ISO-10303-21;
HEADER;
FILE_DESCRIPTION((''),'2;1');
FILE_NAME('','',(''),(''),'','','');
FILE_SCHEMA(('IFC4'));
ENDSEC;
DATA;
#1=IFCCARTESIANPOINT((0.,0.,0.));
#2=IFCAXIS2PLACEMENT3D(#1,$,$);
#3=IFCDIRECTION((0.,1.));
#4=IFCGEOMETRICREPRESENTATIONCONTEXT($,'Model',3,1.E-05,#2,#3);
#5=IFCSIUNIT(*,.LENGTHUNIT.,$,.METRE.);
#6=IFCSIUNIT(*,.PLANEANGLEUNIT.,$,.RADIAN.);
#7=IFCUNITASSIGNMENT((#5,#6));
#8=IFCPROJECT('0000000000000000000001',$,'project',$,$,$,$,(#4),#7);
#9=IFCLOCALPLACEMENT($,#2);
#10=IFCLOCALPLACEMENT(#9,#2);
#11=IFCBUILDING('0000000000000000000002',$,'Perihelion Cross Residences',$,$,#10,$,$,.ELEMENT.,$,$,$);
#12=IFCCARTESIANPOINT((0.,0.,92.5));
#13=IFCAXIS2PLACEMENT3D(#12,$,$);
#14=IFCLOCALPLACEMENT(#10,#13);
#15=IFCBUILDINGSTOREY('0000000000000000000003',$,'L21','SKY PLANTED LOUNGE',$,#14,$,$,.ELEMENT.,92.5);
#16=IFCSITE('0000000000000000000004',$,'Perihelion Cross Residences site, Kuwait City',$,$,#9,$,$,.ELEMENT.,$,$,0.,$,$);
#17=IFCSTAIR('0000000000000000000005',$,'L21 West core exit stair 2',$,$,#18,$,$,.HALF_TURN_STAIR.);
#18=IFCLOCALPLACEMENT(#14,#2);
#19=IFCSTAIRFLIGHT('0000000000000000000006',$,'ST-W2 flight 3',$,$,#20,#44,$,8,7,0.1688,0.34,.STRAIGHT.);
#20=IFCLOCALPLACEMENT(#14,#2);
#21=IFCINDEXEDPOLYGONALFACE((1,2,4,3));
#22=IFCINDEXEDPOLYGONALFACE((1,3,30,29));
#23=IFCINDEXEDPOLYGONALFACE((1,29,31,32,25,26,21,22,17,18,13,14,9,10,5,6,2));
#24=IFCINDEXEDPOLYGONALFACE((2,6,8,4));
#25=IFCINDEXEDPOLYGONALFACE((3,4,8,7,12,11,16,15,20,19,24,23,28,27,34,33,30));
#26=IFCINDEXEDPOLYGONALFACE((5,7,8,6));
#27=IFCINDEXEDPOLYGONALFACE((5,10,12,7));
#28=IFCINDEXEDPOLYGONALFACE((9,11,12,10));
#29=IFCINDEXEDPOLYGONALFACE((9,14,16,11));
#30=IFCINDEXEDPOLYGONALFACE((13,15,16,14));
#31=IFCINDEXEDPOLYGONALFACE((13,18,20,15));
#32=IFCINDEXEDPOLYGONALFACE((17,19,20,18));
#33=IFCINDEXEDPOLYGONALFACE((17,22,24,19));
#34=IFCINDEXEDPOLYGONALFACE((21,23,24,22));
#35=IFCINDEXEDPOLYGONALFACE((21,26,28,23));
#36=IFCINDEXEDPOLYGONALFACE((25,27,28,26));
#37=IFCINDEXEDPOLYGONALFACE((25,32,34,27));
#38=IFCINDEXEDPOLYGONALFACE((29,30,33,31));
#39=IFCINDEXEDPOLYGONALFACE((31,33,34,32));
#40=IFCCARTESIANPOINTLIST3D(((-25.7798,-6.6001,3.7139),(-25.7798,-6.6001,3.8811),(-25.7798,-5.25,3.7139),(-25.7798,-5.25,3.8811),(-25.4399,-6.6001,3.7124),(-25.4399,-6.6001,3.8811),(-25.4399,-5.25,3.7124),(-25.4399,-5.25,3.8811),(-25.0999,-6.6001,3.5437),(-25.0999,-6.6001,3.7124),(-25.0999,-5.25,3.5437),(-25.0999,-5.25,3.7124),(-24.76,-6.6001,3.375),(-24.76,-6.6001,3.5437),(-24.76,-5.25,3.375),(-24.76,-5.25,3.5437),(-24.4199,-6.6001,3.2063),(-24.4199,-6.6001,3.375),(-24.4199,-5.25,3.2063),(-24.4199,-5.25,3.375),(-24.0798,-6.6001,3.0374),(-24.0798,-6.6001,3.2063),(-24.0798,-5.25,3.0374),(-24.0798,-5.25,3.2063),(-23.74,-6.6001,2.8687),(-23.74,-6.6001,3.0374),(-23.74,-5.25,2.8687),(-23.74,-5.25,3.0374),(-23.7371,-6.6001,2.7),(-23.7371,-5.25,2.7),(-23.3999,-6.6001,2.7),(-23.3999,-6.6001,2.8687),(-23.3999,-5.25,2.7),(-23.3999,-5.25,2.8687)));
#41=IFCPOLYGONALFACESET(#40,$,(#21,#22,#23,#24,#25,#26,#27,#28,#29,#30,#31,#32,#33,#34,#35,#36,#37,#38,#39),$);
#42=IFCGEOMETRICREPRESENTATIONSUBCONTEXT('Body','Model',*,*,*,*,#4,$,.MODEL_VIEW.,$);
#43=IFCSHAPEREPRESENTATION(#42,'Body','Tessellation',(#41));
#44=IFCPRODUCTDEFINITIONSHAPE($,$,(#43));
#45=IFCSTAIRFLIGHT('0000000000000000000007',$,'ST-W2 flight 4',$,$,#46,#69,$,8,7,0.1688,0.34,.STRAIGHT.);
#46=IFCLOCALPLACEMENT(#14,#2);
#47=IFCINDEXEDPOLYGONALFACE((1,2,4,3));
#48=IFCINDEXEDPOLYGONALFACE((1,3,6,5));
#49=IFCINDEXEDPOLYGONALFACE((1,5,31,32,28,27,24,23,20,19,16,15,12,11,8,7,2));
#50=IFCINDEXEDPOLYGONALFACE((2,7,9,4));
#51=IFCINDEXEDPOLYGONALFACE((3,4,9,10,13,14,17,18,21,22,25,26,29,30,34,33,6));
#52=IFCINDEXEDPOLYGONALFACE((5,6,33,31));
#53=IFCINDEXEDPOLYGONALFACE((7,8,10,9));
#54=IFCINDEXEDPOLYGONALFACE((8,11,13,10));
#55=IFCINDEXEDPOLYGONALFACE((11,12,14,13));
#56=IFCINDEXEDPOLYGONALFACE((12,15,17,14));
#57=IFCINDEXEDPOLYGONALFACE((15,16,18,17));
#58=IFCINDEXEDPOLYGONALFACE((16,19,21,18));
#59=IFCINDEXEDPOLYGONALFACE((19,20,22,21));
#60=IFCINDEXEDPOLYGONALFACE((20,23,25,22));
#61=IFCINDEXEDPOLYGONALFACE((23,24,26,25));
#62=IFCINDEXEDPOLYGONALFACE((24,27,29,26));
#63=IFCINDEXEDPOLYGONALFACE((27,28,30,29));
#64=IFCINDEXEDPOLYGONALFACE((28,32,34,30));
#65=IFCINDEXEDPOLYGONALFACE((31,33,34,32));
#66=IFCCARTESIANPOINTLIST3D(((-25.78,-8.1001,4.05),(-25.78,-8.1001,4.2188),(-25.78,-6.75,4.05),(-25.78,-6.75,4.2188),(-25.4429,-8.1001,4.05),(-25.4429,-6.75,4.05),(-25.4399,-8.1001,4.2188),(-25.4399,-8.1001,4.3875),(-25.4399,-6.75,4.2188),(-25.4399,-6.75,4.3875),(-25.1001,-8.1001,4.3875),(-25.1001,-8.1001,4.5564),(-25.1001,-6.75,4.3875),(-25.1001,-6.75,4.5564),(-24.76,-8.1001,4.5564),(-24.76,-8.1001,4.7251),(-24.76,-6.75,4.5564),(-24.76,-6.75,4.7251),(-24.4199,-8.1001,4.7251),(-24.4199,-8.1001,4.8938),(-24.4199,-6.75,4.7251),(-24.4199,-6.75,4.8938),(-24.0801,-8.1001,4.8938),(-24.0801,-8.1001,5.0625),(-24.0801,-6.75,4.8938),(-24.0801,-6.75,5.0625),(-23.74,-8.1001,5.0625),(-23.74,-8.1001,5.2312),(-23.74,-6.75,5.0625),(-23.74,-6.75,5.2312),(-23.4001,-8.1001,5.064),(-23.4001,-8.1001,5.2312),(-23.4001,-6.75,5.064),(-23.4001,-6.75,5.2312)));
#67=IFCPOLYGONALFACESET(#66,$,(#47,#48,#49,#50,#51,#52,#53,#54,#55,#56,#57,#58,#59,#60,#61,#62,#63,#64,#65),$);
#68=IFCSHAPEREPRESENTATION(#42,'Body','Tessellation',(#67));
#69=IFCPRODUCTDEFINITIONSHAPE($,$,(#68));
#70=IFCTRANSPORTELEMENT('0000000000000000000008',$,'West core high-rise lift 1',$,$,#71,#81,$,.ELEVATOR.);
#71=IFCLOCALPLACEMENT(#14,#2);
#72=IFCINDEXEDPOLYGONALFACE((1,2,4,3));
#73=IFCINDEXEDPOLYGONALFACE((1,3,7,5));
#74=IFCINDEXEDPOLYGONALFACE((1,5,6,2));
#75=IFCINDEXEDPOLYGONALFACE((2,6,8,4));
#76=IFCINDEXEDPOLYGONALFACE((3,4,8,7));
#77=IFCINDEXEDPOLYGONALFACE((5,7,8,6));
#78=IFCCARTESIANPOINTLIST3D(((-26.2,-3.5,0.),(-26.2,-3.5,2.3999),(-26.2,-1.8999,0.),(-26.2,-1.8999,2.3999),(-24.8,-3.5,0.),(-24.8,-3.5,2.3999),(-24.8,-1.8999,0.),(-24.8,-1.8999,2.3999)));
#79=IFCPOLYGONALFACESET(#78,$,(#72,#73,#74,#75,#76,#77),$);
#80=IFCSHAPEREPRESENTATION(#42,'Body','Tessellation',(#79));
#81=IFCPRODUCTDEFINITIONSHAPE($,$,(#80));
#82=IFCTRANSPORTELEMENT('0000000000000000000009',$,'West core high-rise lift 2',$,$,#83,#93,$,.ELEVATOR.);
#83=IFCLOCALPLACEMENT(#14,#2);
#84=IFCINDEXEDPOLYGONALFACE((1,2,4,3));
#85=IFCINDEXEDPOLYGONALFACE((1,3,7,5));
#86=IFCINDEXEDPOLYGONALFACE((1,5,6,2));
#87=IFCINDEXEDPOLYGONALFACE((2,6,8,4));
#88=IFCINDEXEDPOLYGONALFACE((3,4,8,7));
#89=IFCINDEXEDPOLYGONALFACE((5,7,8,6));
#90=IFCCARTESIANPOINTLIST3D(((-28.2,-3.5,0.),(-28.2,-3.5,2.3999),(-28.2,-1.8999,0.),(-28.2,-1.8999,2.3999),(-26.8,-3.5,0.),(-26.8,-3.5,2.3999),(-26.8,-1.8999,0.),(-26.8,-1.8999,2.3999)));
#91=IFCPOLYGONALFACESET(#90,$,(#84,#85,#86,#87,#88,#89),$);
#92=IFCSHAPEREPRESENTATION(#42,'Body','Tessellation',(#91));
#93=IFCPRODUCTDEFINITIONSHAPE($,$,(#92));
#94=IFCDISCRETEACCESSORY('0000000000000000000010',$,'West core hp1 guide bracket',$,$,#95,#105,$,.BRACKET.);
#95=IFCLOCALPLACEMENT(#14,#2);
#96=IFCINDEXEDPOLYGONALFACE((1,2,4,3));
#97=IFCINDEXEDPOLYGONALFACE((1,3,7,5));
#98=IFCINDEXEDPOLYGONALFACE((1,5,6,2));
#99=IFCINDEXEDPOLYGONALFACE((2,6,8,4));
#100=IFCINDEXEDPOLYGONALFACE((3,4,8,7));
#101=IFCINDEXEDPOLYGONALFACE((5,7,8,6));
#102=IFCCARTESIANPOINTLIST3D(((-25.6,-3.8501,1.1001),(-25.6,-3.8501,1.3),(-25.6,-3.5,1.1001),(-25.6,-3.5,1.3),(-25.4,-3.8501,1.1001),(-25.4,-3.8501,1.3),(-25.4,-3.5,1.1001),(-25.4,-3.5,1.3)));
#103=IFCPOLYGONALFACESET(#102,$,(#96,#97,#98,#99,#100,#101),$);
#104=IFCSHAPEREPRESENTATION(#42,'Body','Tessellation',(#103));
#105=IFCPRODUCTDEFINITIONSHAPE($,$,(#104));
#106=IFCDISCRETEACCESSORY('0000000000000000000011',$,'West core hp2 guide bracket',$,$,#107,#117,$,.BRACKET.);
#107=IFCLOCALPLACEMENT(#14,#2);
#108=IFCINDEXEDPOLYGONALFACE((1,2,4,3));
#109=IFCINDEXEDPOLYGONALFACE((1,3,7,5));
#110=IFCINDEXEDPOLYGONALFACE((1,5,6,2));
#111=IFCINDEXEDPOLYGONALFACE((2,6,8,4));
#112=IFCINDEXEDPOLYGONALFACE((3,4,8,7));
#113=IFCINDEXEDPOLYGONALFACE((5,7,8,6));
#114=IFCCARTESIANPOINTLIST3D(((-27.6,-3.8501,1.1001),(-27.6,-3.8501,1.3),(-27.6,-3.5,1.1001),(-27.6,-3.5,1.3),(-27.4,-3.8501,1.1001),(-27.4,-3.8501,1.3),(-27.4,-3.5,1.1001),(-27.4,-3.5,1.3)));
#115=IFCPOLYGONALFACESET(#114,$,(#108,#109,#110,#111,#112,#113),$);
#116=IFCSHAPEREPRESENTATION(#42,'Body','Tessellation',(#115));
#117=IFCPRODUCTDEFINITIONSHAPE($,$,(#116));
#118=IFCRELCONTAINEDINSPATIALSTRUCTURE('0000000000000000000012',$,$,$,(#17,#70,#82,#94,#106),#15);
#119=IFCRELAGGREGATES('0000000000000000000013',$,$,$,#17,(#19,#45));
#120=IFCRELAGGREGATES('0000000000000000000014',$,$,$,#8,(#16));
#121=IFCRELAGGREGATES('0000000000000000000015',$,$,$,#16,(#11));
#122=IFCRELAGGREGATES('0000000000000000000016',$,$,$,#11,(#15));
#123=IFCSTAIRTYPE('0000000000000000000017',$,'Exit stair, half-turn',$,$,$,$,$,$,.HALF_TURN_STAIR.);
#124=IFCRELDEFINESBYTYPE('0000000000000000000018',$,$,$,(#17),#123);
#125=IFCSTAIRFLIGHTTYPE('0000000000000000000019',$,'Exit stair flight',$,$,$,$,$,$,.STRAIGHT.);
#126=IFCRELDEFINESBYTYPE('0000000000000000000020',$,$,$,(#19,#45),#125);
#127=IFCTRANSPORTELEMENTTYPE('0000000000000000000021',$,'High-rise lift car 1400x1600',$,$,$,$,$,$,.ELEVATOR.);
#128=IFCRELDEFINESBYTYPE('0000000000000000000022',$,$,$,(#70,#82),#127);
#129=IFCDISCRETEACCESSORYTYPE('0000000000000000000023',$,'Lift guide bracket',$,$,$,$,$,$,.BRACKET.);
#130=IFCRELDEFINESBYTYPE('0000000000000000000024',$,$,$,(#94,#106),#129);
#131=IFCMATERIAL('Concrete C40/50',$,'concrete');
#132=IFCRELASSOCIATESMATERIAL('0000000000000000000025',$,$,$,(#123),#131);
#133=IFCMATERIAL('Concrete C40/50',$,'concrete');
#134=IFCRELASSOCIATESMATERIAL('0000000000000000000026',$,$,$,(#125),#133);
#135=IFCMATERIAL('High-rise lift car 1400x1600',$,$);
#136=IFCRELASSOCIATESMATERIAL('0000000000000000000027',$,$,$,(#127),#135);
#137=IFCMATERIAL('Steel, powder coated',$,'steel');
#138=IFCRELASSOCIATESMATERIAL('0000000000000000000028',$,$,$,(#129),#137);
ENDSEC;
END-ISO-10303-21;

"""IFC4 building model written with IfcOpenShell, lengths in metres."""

from ifc_helpers import new_model, si_unit, direction, frame, origin, origin_2d, place, context, subcontext, project, spatial, polyline, rectangle, outline, extrude, material, type_object, element, aggregate, save


model = new_model("IFC4")

# Units and contexts
model_context = context("Model", 3, precision=1e-05, world=origin(), true_north=direction((0.0, 1.0)))
body_context = subcontext(model_context, "Body", "Model", "MODEL_VIEW")
ifc_project = project(units=[si_unit("LENGTHUNIT", "METRE"), si_unit("PLANEANGLEUNIT", "RADIAN")], contexts=[model_context])

# Site, building, storey
site_placement = place(None, origin())
site = spatial("IfcSite", under=ifc_project, at=site_placement, Name="Perihelion Cross Residences site, Kuwait City", CompositionType="ELEMENT", RefElevation=0.0)
building_placement = place(site_placement, origin())
building = spatial("IfcBuilding", under=site, at=building_placement, Name="Perihelion Cross Residences", CompositionType="ELEMENT")
storey_placement = place(building_placement, frame((0.0, 0.0, 92.5)))
storey = spatial("IfcBuildingStorey", under=building, at=storey_placement, Name="L21", Description="SKY PLANTED LOUNGE", CompositionType="ELEMENT", Elevation=92.5)

# Stair, stair flights
ifc_material_1 = material(Name="Concrete C40/50", Category="concrete")
stair_type = type_object("IfcStairType", Name="Exit stair, half-turn", PredefinedType="HALF_TURN_STAIR", material=ifc_material_1)
stair_placement = place(storey_placement, origin())
stair = element("IfcStair", 1, at=stair_placement, inside=storey, type_object=stair_type, Name="L21 West core exit stair 2", PredefinedType="HALF_TURN_STAIR")
ifc_material_2 = material(Name="Concrete C40/50", Category="concrete")
stair_flight_type = type_object("IfcStairFlightType", Name="Exit stair flight", PredefinedType="STRAIGHT", material=ifc_material_2)
stair_flight_1_placement = place(storey_placement, frame((-23.3999, -5.925, 2.7), z_axis=(0.0, 0.0, 1.0), x_axis=(-1.0, 0.0, 0.0)))
stair_flight_1 = element("IfcStairFlight", 2, at=stair_flight_1_placement, type_object=stair_flight_type, Name="ST-W2 flight 3", NumberOfRisers=8, NumberOfTreads=7, PredefinedType="STRAIGHT", RiserHeight=0.1688, TreadLength=0.34, context=body_context, shape_type="SweptSolid", body=[
    extrude(outline(polyline([(0.0, 0.0), (0.0, 0.1687), (0.3401, 0.1687), (0.3401, 0.3374), (0.6799, 0.3374), (0.6799, 0.5063), (1.02, 0.5063), (1.02, 0.675), (1.3601, 0.675), (1.3601, 0.8438), (1.7, 0.8438), (1.7, 1.0125), (2.04, 1.0125), (2.04, 1.1812), (2.3799, 1.1812), (2.3799, 1.3501), (2.3799, 1.0139), (0.3372, 0.0), (0.0, 0.0)])), frame((0.0, 0.675, 0.0), z_axis=(0.0, -1.0, 0.0), x_axis=(1.0, 0.0, 0.0)), (0.0, 0.0, 1.0), 1.3501),
])
stair_flight_2_placement = place(storey_placement, frame((-25.78, -7.425, 4.05), z_axis=(0.0, 0.0, 1.0), x_axis=(1.0, 0.0, 0.0)))
stair_flight_2 = element("IfcStairFlight", 3, at=stair_flight_2_placement, type_object=stair_flight_type, Name="ST-W2 flight 4", NumberOfRisers=8, NumberOfTreads=7, PredefinedType="STRAIGHT", RiserHeight=0.1688, TreadLength=0.34, context=body_context, shape_type="SweptSolid", body=[
    extrude(outline(polyline([(0.0, 0.0), (0.0, 0.1687), (0.3401, 0.1687), (0.3401, 0.3374), (0.6799, 0.3374), (0.6799, 0.5063), (1.02, 0.5063), (1.02, 0.675), (1.3601, 0.675), (1.3601, 0.8438), (1.7, 0.8438), (1.7, 1.0125), (2.04, 1.0125), (2.04, 1.1812), (2.3799, 1.1812), (2.3799, 1.3501), (2.3799, 1.0139), (0.3372, 0.0), (0.0, 0.0)])), frame((0.0, 0.675, 0.0), z_axis=(0.0, -1.0, 0.0), x_axis=(1.0, 0.0, 0.0)), (0.0, 0.0, 1.0), 1.3501),
])
aggregate(stair, [stair_flight_1, stair_flight_2])

# Transport elements
ifc_material_3 = material(Name="High-rise lift car 1400x1600")
transport_element_type = type_object("IfcTransportElementType", Name="High-rise lift car 1400x1600", PredefinedType="ELEVATOR", material=ifc_material_3)
for number, where, z_axis, x_axis, name in (
    (4, (-25.5, -2.7, 0.0), (0.0, 0.0, 1.0), (1.0, 0.0, 0.0), "West core high-rise lift 1"),
    (5, (-27.5, -2.7, 0.0), (0.0, 0.0, 1.0), (1.0, 0.0, 0.0), "West core high-rise lift 2"),
):
    element("IfcTransportElement", number, at=place(storey_placement, frame(where, z_axis=z_axis, x_axis=x_axis)), inside=storey, type_object=transport_element_type, Name=name, PredefinedType="ELEVATOR", context=body_context, shape_type="SweptSolid", body=[
        extrude(rectangle(XDim=1.3999, YDim=1.6001, at=origin_2d()), origin(), (0.0, 0.0, 1.0), 2.3999),
    ])

# Discrete accessories
ifc_material_4 = material(Name="Steel, powder coated", Category="steel")
discrete_accessory_type = type_object("IfcDiscreteAccessoryType", Name="Lift guide bracket", PredefinedType="BRACKET", material=ifc_material_4)
for number, where, z_axis, x_axis, name in (
    (6, (-25.5, -3.675, 1.1001), (0.0, 0.0, 1.0), (1.0, 0.0, 0.0), "West core hp1 guide bracket"),
    (7, (-27.5, -3.675, 1.1001), (0.0, 0.0, 1.0), (1.0, 0.0, 0.0), "West core hp2 guide bracket"),
):
    element("IfcDiscreteAccessory", number, at=place(storey_placement, frame(where, z_axis=z_axis, x_axis=x_axis)), inside=storey, type_object=discrete_accessory_type, Name=name, PredefinedType="BRACKET", context=body_context, shape_type="SweptSolid", body=[
        extrude(rectangle(XDim=0.2, YDim=0.3501, at=origin_2d()), origin(), (0.0, 0.0, 1.0), 0.2),
    ])

save(model, "model.ifc")
